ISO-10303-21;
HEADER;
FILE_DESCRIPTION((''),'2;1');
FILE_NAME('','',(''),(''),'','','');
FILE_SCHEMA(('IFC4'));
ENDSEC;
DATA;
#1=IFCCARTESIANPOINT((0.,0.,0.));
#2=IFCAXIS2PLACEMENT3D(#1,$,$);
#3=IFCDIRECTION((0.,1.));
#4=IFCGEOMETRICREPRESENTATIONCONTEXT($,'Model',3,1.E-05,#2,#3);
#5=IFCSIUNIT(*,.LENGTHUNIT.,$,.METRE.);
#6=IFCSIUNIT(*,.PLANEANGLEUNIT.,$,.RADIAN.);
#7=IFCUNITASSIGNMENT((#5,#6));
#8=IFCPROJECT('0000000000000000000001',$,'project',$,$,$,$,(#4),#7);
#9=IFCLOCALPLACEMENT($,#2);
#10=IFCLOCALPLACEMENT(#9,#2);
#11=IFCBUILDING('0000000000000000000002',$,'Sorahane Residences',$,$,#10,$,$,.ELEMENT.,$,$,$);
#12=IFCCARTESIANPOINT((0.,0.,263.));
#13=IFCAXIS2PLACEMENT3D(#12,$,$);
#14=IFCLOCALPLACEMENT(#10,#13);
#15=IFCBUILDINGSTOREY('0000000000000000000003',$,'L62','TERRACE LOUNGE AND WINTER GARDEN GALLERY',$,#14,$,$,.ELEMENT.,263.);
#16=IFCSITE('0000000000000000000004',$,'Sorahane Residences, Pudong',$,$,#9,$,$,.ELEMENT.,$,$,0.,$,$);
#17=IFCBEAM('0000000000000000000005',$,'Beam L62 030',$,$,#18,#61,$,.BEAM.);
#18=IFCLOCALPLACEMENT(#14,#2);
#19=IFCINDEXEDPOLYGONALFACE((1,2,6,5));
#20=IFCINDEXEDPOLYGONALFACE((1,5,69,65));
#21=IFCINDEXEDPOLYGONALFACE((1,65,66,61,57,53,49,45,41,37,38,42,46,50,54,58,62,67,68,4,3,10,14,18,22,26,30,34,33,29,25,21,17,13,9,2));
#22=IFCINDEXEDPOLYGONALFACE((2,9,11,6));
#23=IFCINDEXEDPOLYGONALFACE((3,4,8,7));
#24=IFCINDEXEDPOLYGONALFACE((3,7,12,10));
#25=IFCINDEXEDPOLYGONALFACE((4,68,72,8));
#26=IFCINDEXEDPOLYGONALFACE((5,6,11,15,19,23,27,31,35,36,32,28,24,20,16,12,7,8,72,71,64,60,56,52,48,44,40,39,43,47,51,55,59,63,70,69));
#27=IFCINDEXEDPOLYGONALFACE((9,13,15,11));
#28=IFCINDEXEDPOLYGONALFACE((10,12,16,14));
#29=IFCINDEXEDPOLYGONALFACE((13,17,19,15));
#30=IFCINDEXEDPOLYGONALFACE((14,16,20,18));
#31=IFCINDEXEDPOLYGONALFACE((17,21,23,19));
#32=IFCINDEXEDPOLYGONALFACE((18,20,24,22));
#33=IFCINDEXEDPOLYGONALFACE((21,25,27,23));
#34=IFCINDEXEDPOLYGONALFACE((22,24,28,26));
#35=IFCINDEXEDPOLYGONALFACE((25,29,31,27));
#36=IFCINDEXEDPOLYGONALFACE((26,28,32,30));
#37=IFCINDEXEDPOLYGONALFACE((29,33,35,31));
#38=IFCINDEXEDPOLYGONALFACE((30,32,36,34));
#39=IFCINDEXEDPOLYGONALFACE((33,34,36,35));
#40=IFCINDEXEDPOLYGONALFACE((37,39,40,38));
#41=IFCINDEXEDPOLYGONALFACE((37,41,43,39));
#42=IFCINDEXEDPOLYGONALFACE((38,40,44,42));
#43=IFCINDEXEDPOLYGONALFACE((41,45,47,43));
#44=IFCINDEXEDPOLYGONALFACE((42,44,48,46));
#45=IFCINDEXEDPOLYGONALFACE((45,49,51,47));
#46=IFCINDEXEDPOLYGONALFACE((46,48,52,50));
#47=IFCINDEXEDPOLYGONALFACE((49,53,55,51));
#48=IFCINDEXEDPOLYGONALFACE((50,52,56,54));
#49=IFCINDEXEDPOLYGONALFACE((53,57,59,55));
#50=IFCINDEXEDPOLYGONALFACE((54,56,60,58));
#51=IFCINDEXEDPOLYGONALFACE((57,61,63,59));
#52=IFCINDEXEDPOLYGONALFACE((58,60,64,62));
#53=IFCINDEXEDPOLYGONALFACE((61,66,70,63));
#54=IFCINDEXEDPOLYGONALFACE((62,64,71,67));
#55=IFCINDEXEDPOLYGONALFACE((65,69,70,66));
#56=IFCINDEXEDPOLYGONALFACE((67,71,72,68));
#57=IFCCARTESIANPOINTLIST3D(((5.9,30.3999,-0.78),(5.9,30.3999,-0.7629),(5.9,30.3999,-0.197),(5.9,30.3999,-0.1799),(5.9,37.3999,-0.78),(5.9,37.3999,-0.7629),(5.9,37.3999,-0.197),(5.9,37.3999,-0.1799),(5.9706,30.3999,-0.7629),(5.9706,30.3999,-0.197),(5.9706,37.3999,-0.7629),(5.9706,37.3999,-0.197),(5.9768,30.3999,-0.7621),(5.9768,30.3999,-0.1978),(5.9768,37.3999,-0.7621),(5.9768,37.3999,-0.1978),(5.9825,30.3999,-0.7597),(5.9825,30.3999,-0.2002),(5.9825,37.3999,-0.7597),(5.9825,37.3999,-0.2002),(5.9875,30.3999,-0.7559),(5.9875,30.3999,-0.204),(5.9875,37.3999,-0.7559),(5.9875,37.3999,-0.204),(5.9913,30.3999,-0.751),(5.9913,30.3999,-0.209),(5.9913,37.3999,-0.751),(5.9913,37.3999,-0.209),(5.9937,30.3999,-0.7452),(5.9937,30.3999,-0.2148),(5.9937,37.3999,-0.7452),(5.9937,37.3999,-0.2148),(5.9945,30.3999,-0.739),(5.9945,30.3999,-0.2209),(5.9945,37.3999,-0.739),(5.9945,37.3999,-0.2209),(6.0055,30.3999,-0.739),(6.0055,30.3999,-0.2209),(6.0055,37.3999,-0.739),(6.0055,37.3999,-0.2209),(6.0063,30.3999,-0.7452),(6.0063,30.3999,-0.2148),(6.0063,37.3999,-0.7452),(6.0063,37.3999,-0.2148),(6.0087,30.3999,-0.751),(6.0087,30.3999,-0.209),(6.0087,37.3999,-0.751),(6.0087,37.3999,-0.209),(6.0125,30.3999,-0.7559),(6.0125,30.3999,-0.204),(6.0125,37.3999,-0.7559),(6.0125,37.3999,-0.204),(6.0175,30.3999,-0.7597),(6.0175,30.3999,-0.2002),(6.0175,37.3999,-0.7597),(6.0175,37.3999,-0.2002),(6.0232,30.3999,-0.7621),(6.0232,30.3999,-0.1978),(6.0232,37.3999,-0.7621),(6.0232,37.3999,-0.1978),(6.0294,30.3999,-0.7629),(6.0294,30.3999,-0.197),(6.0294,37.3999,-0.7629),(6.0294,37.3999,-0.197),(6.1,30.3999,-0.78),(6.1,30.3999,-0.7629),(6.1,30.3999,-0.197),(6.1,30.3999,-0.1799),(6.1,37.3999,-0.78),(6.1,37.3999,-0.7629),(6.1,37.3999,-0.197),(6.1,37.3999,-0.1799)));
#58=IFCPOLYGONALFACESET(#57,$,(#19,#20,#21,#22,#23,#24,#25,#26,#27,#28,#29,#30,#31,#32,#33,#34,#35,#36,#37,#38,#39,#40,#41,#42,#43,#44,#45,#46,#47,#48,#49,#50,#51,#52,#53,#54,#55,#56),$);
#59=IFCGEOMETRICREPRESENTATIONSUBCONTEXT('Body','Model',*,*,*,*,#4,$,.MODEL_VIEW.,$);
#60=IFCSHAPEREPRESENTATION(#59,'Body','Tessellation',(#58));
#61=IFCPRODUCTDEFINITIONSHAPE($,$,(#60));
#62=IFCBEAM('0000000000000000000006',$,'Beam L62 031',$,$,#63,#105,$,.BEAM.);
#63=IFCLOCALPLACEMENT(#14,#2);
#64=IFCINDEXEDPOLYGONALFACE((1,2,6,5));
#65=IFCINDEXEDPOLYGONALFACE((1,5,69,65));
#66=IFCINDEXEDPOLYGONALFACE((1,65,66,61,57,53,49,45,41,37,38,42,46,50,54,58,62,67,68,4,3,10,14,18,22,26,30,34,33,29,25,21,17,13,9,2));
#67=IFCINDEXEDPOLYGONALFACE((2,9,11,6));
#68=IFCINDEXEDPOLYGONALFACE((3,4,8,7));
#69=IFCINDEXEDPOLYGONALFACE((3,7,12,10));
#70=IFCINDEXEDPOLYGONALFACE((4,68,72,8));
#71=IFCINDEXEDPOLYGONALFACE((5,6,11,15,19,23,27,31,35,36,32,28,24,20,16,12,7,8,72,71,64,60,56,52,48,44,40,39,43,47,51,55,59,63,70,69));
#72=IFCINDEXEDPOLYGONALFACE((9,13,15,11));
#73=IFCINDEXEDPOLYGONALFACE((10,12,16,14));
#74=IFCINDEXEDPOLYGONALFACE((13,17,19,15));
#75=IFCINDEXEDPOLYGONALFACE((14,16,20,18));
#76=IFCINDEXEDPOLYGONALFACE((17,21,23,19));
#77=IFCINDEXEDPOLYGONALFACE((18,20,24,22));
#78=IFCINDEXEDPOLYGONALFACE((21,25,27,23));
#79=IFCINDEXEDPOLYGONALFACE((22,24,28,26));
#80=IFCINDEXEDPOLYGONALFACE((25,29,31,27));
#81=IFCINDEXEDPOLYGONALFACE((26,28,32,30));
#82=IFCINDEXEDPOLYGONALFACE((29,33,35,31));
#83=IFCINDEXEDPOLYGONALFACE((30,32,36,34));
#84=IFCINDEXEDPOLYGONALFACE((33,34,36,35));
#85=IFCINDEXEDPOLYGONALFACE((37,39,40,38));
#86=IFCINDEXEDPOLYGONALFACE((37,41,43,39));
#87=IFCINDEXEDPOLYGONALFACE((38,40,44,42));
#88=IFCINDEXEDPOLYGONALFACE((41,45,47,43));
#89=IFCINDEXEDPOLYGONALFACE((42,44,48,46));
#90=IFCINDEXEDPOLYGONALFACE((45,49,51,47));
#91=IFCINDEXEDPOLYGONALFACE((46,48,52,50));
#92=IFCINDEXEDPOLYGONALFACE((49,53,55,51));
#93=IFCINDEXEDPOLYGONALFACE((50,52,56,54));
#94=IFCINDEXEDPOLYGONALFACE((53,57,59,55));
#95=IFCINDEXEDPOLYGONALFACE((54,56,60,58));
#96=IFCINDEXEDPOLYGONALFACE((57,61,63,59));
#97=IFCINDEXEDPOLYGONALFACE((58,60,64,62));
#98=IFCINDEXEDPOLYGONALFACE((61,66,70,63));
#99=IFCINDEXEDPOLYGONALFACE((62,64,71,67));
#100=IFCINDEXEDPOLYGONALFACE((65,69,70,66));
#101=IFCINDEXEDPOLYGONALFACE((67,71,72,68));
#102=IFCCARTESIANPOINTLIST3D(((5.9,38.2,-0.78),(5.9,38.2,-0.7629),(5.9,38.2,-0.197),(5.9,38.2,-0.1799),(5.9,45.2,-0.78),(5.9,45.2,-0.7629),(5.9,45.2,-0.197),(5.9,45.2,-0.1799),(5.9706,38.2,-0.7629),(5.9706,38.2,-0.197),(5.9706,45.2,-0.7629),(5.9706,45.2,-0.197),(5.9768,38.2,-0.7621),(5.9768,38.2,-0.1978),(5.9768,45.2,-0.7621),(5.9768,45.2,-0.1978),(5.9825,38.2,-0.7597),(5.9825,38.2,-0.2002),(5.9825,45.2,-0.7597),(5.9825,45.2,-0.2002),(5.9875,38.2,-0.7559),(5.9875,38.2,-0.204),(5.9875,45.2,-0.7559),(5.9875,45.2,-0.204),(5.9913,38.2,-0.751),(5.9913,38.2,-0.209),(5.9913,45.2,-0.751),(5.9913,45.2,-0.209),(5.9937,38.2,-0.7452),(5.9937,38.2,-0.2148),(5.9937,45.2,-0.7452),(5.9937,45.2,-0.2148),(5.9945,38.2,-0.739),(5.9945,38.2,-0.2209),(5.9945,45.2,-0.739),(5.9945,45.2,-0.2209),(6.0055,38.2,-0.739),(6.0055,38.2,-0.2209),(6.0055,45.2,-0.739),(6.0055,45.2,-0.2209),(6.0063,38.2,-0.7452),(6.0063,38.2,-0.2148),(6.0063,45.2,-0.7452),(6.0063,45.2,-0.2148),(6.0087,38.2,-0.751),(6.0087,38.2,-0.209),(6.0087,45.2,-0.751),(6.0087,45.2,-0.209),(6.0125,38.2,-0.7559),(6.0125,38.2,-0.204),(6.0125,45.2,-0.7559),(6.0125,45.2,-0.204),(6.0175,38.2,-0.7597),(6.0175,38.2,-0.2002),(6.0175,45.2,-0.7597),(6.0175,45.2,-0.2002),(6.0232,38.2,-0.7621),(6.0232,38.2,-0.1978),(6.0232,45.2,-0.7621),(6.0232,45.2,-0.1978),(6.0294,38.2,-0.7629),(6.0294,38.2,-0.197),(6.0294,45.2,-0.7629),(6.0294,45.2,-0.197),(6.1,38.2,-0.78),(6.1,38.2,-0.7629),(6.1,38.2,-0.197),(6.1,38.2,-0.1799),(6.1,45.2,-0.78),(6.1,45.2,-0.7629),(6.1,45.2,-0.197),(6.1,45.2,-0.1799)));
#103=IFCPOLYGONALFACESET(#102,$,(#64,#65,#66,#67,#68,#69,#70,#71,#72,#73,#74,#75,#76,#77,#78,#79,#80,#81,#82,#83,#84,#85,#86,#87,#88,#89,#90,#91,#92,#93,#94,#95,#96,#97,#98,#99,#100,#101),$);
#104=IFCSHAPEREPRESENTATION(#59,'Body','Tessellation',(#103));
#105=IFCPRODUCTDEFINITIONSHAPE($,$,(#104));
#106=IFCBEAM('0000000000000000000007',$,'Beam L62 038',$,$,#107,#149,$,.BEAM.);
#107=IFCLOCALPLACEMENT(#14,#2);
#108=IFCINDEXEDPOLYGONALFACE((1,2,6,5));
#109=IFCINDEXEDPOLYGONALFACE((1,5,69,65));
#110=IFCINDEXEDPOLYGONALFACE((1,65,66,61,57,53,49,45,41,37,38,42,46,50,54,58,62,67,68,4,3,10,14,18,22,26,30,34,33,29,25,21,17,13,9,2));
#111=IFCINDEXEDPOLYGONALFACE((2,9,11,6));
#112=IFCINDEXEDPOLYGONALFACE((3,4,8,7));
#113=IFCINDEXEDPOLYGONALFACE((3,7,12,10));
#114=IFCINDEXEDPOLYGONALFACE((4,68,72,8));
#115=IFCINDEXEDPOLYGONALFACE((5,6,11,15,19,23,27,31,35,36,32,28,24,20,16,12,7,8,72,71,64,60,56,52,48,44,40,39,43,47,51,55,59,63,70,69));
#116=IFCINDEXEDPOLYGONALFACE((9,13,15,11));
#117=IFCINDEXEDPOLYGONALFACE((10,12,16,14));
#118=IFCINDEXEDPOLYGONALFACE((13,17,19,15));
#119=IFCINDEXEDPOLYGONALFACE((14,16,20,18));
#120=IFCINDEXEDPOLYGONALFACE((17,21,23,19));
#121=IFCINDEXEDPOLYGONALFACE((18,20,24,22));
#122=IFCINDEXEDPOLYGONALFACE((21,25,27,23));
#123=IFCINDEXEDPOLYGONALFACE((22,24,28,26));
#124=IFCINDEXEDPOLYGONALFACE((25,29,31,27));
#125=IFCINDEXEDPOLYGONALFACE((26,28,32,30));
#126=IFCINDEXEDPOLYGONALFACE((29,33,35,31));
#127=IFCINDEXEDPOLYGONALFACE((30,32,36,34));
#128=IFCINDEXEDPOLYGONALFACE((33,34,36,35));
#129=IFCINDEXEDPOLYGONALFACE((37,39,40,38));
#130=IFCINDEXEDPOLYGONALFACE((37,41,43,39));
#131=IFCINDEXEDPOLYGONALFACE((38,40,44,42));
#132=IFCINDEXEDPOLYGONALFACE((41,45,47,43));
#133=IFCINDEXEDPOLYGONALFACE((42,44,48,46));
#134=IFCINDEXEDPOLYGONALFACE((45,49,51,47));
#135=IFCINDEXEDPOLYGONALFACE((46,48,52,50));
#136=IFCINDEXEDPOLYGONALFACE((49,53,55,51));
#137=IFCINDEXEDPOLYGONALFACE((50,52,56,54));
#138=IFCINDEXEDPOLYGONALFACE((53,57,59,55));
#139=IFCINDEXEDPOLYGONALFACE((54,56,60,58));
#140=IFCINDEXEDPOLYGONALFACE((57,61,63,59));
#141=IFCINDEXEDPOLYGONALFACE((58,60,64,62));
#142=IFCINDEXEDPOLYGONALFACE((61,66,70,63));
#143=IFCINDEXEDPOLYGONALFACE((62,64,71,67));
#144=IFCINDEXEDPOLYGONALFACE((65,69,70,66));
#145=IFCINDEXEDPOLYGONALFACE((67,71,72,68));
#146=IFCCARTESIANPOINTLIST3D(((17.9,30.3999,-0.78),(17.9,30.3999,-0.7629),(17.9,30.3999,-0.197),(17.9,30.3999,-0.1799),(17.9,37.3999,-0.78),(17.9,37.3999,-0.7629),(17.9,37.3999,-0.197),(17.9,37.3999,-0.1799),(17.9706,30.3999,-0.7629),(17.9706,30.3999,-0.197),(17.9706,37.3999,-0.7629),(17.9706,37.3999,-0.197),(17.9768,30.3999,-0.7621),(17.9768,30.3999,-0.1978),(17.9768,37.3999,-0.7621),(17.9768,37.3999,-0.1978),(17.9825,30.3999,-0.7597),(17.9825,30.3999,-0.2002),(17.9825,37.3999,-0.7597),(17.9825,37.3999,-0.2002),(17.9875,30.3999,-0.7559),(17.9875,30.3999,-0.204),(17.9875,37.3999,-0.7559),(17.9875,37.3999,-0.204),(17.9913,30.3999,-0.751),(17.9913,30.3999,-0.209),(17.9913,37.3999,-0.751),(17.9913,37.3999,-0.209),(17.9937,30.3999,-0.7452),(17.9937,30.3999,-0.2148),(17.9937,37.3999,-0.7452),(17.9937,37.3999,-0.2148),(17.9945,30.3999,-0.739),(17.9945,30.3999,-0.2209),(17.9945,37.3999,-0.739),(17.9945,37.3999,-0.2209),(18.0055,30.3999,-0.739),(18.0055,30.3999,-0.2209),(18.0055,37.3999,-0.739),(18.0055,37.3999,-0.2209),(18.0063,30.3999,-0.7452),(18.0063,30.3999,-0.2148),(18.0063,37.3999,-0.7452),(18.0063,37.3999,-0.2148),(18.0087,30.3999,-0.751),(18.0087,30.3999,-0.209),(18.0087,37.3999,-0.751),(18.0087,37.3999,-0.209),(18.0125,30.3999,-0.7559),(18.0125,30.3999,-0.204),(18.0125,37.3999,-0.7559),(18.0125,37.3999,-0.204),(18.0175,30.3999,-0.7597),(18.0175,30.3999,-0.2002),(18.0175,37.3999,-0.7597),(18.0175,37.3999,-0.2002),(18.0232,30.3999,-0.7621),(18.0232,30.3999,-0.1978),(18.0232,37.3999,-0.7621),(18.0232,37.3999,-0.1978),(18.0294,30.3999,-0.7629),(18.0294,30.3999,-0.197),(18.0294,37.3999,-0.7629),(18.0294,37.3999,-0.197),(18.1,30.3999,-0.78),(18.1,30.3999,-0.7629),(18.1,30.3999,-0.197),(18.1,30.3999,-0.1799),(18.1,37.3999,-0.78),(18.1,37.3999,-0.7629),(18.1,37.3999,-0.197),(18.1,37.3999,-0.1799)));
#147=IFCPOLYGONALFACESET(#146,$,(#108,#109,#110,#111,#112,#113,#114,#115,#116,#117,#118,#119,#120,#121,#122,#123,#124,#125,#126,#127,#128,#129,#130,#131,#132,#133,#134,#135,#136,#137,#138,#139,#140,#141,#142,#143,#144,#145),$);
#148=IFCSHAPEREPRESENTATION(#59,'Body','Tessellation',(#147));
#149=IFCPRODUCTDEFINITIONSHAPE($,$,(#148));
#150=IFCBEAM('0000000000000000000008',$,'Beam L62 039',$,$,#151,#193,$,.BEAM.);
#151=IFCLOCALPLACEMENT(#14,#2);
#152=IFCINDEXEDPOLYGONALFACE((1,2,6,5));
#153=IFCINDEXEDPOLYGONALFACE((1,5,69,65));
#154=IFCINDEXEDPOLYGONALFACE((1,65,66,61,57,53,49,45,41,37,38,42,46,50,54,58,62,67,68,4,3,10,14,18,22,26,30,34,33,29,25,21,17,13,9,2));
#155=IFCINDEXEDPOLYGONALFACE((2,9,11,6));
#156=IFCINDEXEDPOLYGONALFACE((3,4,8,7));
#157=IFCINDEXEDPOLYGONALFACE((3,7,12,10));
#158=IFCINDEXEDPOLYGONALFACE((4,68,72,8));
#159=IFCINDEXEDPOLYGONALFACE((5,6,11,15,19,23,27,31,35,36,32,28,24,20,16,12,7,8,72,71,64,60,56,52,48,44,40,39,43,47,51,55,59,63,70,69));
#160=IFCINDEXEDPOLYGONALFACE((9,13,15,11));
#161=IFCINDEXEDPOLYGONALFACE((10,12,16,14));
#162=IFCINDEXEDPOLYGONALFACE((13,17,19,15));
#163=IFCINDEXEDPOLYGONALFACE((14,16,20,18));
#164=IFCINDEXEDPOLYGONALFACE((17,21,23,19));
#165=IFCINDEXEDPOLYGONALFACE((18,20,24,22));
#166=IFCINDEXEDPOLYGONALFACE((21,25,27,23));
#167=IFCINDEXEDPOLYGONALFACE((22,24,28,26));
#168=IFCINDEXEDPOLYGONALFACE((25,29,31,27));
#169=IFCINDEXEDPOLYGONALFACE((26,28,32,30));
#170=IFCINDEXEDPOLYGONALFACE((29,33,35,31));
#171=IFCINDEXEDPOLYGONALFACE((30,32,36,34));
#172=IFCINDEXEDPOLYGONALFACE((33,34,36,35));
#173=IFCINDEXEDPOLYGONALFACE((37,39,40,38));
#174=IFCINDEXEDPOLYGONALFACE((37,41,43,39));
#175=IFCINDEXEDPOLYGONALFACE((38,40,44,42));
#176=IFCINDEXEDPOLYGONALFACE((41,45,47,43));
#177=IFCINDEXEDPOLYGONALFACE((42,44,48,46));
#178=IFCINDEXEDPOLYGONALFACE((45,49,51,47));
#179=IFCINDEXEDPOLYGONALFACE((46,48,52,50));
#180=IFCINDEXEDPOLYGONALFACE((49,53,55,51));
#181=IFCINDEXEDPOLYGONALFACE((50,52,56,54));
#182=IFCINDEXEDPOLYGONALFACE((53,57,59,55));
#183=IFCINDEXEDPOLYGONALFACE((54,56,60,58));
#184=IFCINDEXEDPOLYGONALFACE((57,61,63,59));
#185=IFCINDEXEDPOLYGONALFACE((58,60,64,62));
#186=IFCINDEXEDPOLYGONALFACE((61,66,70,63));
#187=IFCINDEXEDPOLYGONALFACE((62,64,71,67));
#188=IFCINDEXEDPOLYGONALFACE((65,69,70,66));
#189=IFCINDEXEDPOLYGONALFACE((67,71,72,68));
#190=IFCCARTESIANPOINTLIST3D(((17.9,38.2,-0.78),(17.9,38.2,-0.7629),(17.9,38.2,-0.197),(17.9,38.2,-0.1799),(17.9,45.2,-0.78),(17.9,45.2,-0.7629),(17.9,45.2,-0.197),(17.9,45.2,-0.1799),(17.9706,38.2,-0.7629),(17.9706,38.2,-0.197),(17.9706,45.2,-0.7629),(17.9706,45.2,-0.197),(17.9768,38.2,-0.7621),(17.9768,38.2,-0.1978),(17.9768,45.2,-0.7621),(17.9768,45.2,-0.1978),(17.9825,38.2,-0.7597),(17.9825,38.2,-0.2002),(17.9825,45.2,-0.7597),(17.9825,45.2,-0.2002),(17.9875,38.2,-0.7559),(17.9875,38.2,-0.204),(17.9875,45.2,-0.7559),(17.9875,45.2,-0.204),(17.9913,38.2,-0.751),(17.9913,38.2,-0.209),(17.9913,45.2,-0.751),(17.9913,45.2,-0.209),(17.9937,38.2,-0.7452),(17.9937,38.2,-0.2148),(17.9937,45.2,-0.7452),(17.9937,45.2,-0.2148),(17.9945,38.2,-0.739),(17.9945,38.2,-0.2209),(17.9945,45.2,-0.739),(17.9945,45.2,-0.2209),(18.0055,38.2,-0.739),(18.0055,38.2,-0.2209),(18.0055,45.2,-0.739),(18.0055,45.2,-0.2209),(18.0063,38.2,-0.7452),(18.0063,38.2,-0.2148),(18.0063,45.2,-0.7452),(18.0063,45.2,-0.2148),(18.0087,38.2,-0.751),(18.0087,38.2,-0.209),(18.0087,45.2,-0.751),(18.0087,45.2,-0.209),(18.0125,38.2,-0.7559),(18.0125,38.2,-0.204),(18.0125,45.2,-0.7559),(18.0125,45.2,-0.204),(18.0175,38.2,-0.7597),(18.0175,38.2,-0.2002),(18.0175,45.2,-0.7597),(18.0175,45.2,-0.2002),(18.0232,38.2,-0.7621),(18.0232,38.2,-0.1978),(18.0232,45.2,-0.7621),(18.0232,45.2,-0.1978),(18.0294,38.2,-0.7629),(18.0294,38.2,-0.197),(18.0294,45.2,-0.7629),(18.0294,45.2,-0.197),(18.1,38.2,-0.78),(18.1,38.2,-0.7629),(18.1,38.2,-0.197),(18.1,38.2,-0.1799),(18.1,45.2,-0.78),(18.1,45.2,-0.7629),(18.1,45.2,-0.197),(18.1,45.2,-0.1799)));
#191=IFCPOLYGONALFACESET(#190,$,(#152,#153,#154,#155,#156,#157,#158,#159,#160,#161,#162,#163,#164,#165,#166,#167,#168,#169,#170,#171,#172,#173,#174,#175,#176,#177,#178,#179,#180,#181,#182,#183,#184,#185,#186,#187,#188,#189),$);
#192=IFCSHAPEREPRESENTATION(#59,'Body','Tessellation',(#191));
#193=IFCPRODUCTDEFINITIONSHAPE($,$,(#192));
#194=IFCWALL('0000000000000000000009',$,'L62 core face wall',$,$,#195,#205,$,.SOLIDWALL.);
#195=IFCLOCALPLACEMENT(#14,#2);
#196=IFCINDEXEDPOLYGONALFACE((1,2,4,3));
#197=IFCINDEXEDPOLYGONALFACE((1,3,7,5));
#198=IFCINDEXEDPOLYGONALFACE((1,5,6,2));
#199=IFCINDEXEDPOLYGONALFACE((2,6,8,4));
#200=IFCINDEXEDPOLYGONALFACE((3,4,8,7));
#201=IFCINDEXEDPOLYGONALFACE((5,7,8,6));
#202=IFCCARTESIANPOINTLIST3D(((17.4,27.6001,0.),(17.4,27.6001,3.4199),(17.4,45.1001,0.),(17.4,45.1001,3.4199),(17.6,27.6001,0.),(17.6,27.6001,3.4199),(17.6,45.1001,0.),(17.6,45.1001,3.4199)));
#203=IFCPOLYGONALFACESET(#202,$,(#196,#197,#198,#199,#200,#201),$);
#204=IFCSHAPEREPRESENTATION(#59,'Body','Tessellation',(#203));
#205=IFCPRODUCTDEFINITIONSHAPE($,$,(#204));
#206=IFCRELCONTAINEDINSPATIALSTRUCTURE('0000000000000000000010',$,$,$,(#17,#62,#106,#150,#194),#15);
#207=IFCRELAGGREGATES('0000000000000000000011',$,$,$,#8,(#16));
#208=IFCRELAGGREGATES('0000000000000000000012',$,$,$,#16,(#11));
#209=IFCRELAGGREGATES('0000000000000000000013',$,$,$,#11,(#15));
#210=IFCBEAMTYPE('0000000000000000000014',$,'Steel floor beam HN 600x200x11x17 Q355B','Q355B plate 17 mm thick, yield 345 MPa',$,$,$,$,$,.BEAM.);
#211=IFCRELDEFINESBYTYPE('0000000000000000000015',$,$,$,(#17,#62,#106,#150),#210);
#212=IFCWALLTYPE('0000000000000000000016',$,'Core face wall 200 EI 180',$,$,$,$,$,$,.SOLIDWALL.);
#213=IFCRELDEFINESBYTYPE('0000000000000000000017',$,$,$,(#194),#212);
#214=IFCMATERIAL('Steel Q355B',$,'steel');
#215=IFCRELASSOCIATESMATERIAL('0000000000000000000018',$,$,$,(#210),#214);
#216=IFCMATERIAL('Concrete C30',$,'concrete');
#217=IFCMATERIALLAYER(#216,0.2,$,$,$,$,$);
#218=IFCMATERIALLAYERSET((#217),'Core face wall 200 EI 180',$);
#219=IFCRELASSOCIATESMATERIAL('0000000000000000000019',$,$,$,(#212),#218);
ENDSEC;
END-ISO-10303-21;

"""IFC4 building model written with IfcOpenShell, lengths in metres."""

from ifc_helpers import new_model, si_unit, direction, frame, frame_2d, origin, origin_2d, place, context, subcontext, project, spatial, rectangle, i_section, extrude, material, layer, layer_set, material_profile, profile_set, type_object, element, save


model = new_model("IFC4")

# Units and contexts
model_context = context("Model", 3, precision=1e-05, world=origin(), true_north=direction((0.0, 1.0)))
body_context = subcontext(model_context, "Body", "Model", "MODEL_VIEW")
ifc_project = project(units=[si_unit("LENGTHUNIT", "METRE"), si_unit("PLANEANGLEUNIT", "RADIAN")], contexts=[model_context])

# Site, building, storey
site_placement = place(None, origin())
site = spatial("IfcSite", under=ifc_project, at=site_placement, Name="Sorahane Residences, Pudong", CompositionType="ELEMENT", RefElevation=0.0)
building_placement = place(site_placement, origin())
building = spatial("IfcBuilding", under=site, at=building_placement, Name="Sorahane Residences", CompositionType="ELEMENT")
storey_placement = place(building_placement, frame((0.0, 0.0, 263.0)))
storey = spatial("IfcBuildingStorey", under=building, at=storey_placement, Name="L62", Description="TERRACE LOUNGE AND WINTER GARDEN GALLERY", CompositionType="ELEMENT", Elevation=263.0)

# Beams
ifc_material_1 = material(Name="Steel Q355B", Category="steel")
ifc_material_profile_1 = material_profile(ifc_material_1, i_section(OverallWidth=0.2, OverallDepth=0.6001, WebThickness=0.011, FlangeThickness=0.0171, FilletRadius=0.0239, at=origin_2d()), Name="HN 600x200x11x17")
ifc_profile_set_1 = profile_set([ifc_material_profile_1], Name="Steel Q355B")
beam_type_1 = type_object("IfcBeamType", Name="Steel floor beam HN 600x200x11x17 Q355B", Description="Q355B plate 17 mm thick, yield 345 MPa", PredefinedType="BEAM", material=ifc_profile_set_1)
for number, where, z_axis, x_axis, name in (
    (1, (6.0, 30.3999, -0.48), (0.0, 1.0, 0.0), (-1.0, 0.0, 0.0), "Beam L62 030"),
    (2, (6.0, 38.2, -0.48), (0.0, 1.0, 0.0), (-1.0, 0.0, 0.0), "Beam L62 031"),
    (3, (18.0, 30.3999, -0.48), (0.0, 1.0, 0.0), (-1.0, 0.0, 0.0), "Beam L62 038"),
    (4, (18.0, 38.2, -0.48), (0.0, 1.0, 0.0), (-1.0, 0.0, 0.0), "Beam L62 039"),
):
    element("IfcBeam", number, at=place(storey_placement, frame(where, z_axis=z_axis, x_axis=x_axis)), inside=storey, type_object=beam_type_1, Name=name, PredefinedType="BEAM", context=body_context, shape_type="SweptSolid", body=[
        extrude(i_section(OverallWidth=0.2, OverallDepth=0.6001, WebThickness=0.011, FlangeThickness=0.0171, FilletRadius=0.0239, at=origin_2d()), origin(), (0.0, 0.0, 1.0), 7.0),
    ])

# Wall
ifc_material_2 = material(Name="Concrete C30", Category="concrete")
ifc_layer_1 = layer(ifc_material_2, 0.2)
ifc_layer_set_1 = layer_set([ifc_layer_1], Name="Core face wall 200 EI 180")
wall_type_1 = type_object("IfcWallType", Name="Core face wall 200 EI 180", PredefinedType="SOLIDWALL", material=ifc_layer_set_1)
wall_1_placement = place(storey_placement, frame((17.5, 27.6001, 0.0), z_axis=(0.0, 0.0, 1.0), x_axis=(0.0, 1.0, 0.0)))
element("IfcWall", 5, at=wall_1_placement, inside=storey, type_object=wall_type_1, Name="L62 core face wall", PredefinedType="SOLIDWALL", context=body_context, shape_type="SweptSolid", body=[
    extrude(rectangle(XDim=17.5, YDim=0.2, at=frame_2d((8.75, 0.0))), origin(), (0.0, 0.0, 1.0), 3.4199),
])

save(model, "model.ifc")
